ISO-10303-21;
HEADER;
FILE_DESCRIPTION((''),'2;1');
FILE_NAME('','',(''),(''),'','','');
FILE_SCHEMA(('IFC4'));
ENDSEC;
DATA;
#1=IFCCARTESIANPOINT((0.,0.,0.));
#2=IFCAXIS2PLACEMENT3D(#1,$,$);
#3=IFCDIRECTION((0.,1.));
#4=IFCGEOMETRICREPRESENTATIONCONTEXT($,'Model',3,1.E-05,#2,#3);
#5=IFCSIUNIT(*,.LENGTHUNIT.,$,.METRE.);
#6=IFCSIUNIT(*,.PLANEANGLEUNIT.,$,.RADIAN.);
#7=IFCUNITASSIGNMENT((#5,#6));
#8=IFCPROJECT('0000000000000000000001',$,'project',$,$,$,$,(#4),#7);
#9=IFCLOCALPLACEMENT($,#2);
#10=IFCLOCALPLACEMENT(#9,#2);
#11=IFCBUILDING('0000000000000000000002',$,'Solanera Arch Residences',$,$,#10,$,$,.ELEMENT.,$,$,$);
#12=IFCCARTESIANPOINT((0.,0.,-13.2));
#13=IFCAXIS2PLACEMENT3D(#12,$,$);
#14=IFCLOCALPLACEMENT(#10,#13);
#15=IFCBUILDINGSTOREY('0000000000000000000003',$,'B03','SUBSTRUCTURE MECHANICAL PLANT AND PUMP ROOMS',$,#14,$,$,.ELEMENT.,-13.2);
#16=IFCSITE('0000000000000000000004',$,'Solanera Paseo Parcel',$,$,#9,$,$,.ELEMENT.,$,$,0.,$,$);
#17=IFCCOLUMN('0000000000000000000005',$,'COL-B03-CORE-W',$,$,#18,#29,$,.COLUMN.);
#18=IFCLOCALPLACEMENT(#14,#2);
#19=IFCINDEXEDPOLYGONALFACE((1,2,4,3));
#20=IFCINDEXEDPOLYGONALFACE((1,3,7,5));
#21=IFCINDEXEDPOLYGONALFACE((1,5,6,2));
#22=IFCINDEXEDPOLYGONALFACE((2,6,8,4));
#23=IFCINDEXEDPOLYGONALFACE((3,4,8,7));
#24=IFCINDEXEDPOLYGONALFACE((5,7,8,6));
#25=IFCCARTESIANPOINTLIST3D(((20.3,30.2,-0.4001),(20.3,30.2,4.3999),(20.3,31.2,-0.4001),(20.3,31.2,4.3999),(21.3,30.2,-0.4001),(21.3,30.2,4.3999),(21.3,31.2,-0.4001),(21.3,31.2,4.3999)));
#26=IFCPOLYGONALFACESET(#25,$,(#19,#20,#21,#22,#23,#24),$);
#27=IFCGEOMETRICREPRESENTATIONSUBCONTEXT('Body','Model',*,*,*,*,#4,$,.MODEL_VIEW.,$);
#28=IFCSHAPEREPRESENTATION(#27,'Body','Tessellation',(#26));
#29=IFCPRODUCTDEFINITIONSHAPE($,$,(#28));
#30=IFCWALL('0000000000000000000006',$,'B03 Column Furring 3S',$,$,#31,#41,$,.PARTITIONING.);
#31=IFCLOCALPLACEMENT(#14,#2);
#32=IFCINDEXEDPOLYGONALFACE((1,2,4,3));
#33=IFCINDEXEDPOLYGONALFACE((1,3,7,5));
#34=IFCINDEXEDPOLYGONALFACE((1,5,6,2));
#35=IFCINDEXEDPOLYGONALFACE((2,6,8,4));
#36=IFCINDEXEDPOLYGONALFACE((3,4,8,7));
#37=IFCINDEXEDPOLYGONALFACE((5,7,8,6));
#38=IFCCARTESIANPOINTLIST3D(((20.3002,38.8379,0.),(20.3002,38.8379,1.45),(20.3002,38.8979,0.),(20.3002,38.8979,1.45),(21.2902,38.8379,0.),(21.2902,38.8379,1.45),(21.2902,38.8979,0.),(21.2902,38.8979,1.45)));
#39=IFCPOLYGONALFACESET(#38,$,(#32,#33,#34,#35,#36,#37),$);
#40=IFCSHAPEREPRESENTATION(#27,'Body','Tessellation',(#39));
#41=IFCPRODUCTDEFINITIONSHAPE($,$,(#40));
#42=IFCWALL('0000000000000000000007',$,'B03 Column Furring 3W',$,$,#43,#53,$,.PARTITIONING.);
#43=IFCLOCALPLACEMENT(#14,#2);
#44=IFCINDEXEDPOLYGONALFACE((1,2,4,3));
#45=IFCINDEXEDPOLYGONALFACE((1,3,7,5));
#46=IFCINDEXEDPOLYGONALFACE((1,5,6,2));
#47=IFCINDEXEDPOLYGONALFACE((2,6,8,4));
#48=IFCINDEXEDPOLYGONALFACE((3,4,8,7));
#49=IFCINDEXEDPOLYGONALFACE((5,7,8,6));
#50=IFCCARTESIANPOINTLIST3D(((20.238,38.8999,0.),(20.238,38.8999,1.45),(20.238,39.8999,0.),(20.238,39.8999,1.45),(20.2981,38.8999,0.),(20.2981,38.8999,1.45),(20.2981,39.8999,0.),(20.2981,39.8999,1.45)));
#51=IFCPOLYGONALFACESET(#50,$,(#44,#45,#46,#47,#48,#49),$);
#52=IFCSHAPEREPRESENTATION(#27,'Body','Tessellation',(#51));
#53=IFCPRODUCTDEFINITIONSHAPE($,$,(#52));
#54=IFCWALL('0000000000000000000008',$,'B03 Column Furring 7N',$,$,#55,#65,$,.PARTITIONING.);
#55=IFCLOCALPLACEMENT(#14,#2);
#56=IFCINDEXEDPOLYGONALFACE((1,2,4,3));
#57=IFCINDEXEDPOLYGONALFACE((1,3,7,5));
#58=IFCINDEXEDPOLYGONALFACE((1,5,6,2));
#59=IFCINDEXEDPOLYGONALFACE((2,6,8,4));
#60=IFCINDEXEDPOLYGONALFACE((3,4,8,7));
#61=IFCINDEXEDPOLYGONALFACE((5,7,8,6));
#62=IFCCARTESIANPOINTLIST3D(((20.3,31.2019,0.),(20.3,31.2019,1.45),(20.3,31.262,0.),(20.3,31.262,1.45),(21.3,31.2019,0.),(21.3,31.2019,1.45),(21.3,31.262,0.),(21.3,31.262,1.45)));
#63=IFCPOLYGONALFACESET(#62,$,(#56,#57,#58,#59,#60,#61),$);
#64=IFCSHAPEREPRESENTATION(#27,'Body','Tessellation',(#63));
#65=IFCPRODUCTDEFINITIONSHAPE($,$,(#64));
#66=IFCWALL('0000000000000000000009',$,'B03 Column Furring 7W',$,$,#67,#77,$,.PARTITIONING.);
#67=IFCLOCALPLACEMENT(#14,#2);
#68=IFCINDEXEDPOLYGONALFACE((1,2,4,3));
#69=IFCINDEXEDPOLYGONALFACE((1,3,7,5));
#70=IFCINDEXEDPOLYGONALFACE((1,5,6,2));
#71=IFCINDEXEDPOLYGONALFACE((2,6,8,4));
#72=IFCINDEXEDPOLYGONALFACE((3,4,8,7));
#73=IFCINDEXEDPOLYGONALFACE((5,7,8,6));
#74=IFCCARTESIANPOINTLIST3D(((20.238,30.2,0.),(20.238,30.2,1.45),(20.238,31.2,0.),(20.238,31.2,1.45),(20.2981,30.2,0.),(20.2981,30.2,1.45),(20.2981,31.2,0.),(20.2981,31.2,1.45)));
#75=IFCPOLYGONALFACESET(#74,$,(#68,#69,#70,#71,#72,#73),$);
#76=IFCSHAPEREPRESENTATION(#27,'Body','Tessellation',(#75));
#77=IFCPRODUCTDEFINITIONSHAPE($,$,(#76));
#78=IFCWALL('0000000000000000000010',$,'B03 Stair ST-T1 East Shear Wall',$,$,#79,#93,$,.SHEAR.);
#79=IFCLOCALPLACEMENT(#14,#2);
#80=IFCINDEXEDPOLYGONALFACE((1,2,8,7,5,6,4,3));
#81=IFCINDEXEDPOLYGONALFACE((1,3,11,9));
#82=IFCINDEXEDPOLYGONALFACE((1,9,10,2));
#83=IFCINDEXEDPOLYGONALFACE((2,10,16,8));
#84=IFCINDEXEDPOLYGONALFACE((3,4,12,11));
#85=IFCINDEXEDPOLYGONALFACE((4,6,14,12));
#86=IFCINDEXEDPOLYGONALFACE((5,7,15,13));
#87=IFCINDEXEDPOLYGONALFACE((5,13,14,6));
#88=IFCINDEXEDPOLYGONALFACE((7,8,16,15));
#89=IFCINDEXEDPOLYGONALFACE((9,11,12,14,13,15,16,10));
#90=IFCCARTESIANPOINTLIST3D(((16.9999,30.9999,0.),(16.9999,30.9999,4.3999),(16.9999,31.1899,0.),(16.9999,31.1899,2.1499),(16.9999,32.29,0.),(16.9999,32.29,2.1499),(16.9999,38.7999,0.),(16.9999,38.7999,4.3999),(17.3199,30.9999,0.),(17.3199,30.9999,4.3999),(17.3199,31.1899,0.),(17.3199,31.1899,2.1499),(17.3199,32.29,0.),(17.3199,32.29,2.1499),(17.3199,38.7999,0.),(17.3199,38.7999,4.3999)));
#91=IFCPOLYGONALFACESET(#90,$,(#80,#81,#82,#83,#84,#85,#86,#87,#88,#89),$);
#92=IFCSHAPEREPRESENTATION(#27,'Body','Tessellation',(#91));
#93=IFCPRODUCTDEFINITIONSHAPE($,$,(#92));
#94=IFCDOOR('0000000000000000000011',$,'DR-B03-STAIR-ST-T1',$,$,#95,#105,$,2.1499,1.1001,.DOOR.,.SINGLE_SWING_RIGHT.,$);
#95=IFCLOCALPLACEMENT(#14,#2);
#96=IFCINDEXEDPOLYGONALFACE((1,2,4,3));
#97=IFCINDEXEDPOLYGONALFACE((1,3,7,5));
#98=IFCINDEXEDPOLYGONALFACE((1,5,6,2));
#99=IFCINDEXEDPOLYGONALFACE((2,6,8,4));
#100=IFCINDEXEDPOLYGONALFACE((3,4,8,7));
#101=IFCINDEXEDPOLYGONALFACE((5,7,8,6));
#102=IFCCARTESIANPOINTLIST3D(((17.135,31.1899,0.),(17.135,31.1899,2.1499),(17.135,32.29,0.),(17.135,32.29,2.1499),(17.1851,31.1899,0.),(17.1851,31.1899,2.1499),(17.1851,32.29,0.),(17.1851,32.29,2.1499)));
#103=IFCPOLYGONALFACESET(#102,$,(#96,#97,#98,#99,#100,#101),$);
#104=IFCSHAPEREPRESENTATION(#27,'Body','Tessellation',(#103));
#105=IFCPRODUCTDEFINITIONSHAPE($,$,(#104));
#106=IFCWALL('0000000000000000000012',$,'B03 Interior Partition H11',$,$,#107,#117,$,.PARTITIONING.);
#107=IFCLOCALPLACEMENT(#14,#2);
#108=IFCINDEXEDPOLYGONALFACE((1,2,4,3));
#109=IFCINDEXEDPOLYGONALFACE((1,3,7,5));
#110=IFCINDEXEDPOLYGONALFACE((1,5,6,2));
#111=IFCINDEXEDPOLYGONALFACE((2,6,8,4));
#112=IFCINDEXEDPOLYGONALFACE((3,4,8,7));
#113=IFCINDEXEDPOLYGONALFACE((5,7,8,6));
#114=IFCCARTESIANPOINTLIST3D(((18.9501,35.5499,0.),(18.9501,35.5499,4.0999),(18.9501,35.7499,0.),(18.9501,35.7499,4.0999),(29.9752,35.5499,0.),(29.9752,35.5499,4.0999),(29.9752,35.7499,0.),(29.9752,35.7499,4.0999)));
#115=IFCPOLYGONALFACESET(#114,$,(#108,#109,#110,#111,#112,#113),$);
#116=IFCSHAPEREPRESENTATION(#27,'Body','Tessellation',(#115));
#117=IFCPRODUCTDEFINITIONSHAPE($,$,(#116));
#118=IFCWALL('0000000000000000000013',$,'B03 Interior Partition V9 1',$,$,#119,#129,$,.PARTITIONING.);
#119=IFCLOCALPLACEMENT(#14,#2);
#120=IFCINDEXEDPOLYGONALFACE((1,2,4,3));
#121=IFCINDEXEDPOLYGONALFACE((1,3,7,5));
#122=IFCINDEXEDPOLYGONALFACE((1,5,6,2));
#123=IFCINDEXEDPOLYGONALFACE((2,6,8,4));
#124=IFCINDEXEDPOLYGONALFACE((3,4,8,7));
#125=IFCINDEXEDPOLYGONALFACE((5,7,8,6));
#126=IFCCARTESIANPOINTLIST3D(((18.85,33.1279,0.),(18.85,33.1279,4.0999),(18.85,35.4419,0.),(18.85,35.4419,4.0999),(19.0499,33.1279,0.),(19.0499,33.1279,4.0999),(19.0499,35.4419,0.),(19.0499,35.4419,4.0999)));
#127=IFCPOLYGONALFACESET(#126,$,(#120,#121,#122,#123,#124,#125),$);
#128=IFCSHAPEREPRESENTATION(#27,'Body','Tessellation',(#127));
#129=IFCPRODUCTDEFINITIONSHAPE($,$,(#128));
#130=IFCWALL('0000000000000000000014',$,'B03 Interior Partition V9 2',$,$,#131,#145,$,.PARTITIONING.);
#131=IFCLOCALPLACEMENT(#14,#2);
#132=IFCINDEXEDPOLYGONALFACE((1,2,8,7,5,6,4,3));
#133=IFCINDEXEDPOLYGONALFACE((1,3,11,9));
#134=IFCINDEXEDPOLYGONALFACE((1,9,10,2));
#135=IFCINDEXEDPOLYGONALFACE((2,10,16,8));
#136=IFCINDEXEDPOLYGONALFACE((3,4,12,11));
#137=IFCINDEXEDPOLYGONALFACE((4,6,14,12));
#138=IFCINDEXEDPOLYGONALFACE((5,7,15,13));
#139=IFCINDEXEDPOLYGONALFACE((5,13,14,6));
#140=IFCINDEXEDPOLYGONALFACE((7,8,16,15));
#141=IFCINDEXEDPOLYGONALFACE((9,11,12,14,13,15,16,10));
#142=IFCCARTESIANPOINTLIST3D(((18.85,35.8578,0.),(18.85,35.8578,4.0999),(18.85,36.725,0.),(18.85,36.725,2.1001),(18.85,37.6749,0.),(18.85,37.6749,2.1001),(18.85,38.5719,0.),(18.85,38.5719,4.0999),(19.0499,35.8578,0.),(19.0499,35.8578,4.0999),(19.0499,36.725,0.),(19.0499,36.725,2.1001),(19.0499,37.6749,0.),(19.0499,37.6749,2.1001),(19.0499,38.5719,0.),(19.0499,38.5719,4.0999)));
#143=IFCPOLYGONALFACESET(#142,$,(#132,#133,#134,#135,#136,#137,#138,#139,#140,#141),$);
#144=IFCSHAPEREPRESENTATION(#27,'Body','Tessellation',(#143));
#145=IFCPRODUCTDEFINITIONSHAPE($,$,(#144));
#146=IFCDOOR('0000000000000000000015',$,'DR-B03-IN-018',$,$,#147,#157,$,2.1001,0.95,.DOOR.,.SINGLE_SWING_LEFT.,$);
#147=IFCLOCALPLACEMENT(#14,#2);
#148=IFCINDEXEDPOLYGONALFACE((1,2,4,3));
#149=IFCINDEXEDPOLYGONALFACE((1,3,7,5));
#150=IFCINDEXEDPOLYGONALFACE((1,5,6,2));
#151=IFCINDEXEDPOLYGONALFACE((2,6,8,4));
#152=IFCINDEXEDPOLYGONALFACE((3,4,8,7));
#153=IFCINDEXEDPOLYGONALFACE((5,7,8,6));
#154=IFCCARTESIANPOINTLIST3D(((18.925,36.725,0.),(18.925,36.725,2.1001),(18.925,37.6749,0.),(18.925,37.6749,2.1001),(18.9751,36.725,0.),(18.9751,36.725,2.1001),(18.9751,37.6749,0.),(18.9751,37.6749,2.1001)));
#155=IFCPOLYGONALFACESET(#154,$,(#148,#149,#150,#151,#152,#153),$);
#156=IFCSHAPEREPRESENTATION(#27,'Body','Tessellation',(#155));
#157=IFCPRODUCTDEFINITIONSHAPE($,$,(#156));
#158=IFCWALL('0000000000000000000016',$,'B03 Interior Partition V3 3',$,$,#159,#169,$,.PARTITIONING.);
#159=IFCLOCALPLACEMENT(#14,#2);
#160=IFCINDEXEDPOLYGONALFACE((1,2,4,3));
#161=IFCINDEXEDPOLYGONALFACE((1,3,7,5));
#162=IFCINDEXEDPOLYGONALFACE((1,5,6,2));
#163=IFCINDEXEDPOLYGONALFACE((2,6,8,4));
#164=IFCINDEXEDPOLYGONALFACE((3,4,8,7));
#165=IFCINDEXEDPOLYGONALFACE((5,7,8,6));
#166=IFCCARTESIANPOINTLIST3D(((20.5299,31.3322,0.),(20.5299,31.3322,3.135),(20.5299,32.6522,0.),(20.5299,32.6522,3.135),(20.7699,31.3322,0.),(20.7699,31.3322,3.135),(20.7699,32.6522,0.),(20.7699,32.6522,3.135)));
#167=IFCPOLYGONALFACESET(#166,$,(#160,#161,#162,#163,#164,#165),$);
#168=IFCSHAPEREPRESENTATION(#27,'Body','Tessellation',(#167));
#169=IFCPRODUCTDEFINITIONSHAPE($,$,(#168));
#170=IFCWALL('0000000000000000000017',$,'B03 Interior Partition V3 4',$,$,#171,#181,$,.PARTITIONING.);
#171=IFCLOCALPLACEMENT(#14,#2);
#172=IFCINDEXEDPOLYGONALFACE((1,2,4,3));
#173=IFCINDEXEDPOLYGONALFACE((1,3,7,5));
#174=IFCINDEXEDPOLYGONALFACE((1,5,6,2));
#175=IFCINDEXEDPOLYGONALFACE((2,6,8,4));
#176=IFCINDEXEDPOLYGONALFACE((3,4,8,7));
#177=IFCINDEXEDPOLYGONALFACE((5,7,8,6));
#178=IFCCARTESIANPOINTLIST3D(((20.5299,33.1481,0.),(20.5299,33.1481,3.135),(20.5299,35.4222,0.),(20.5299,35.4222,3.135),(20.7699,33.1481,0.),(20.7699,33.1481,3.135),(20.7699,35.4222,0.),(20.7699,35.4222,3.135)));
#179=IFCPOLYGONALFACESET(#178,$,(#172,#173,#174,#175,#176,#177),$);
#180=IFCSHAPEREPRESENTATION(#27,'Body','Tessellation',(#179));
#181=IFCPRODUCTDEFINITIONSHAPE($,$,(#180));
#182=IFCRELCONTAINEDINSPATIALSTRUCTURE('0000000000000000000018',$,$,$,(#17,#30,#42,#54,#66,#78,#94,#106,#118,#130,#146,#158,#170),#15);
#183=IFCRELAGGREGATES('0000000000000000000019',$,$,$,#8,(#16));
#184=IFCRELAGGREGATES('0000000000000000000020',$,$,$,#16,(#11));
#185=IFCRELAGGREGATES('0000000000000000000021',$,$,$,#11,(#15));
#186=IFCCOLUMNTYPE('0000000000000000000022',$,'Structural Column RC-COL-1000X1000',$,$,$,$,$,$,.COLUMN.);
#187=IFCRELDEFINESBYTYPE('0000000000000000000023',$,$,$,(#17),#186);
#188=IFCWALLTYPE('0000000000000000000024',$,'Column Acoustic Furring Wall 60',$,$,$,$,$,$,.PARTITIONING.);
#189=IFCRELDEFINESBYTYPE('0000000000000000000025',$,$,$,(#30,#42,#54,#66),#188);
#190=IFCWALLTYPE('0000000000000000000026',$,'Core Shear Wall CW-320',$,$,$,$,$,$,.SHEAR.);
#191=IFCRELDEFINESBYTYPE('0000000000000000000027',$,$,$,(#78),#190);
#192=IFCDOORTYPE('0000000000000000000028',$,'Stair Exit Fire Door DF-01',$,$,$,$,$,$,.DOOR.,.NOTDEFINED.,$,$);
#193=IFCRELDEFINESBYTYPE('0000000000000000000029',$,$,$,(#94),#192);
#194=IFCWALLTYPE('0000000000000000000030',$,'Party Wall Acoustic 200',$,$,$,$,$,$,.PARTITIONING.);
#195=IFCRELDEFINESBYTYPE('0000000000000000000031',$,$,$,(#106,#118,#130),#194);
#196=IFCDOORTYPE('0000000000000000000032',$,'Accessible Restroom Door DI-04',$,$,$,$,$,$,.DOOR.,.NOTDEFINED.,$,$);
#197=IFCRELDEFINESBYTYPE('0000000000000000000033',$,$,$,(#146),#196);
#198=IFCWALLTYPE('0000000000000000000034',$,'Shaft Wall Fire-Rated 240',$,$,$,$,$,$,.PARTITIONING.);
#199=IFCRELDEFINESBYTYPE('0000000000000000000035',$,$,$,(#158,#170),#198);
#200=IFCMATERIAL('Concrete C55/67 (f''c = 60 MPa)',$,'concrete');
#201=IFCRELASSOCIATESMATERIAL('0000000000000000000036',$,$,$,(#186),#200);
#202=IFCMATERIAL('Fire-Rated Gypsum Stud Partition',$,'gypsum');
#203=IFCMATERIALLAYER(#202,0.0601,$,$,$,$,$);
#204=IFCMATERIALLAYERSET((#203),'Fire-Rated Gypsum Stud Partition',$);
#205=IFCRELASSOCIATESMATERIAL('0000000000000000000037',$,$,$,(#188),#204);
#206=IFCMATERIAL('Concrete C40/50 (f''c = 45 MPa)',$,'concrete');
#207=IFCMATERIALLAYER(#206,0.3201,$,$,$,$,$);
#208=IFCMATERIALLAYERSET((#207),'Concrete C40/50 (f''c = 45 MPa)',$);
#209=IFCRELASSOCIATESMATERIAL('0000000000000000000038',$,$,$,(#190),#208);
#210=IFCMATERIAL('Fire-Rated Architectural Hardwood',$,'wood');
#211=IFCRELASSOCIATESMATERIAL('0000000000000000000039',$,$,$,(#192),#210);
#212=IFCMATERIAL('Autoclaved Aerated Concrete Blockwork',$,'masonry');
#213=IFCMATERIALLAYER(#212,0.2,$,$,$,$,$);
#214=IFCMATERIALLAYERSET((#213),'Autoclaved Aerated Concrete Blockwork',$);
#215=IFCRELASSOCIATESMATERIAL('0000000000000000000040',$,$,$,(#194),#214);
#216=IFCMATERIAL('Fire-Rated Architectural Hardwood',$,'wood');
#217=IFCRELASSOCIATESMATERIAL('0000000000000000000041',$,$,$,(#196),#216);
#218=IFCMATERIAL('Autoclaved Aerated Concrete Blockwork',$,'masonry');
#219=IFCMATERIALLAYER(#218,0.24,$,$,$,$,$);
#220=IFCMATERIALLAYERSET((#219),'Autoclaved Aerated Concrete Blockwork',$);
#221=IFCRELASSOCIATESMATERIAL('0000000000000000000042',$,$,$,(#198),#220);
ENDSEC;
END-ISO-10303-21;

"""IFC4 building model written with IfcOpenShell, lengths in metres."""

from ifc_helpers import new_model, si_unit, direction, frame, frame_2d, origin, origin_2d, place, context, subcontext, project, spatial, rectangle, extrude, material, layer, layer_set, material_profile, profile_set, type_object, element, fill, save


model = new_model("IFC4")

# Units and contexts
model_context = context("Model", 3, precision=1e-05, world=origin(), true_north=direction((0.0, 1.0)))
body_context = subcontext(model_context, "Body", "Model", "MODEL_VIEW")
ifc_project = project(units=[si_unit("LENGTHUNIT", "METRE"), si_unit("PLANEANGLEUNIT", "RADIAN")], contexts=[model_context])

# Site, building, storey
site_placement = place(None, origin())
site = spatial("IfcSite", under=ifc_project, at=site_placement, Name="Solanera Paseo Parcel", CompositionType="ELEMENT", RefElevation=0.0)
building_placement = place(site_placement, origin())
building = spatial("IfcBuilding", under=site, at=building_placement, Name="Solanera Arch Residences", CompositionType="ELEMENT")
storey_placement = place(building_placement, frame((0.0, 0.0, -13.2)))
storey = spatial("IfcBuildingStorey", under=building, at=storey_placement, Name="B03", Description="SUBSTRUCTURE MECHANICAL PLANT AND PUMP ROOMS", CompositionType="ELEMENT", Elevation=-13.2)

# Column
ifc_material_1 = material(Name="Concrete C55/67 (f'c = 60 MPa)", Category="concrete")
ifc_material_profile = material_profile(ifc_material_1, rectangle(XDim=1.0, YDim=1.0, at=origin_2d()))
ifc_profile_set = profile_set([ifc_material_profile], Name="Concrete C55/67 (f'c = 60 MPa)")
column_type = type_object("IfcColumnType", Name="Structural Column RC-COL-1000X1000", PredefinedType="COLUMN", material=ifc_profile_set)
column_placement = place(storey_placement, frame((20.8, 30.7, -0.4001), z_axis=(0.0, 0.0, 1.0), x_axis=(1.0, 0.0, 0.0)))
element("IfcColumn", 1, at=column_placement, inside=storey, type_object=column_type, Name="COL-B03-CORE-W", PredefinedType="COLUMN", context=body_context, shape_type="SweptSolid", body=[
    extrude(rectangle(XDim=1.0, YDim=1.0, at=origin_2d()), origin(), (0.0, 0.0, 1.0), 4.8),
])

# Walls
ifc_material_2 = material(Name="Fire-Rated Gypsum Stud Partition", Category="gypsum")
ifc_layer_1 = layer(ifc_material_2, 0.0601)
ifc_layer_set_1 = layer_set([ifc_layer_1], Name="Fire-Rated Gypsum Stud Partition")
wall_type_1 = type_object("IfcWallType", Name="Column Acoustic Furring Wall 60", PredefinedType="PARTITIONING", material=ifc_layer_set_1)
wall_1_placement = place(storey_placement, frame((20.3, 38.8679, 0.0), z_axis=(0.0, 0.0, 1.0), x_axis=(1.0, 0.0, 0.0)))
element("IfcWall", 2, at=wall_1_placement, inside=storey, type_object=wall_type_1, Name="B03 Column Furring 3S", PredefinedType="PARTITIONING", context=body_context, shape_type="SweptSolid", body=[
    extrude(rectangle(XDim=0.99, YDim=0.0601, at=frame_2d((0.4951, 0.0))), origin(), (0.0, 0.0, 1.0), 1.45),
])
for number, where, z_axis, x_axis, name in (
    (3, (20.2681, 38.8999, 0.0), (0.0, 0.0, 1.0), (0.0, 1.0, 0.0), "B03 Column Furring 3W"),
    (4, (20.3, 31.2319, 0.0), (0.0, 0.0, 1.0), (1.0, 0.0, 0.0), "B03 Column Furring 7N"),
    (5, (20.2681, 30.2, 0.0), (0.0, 0.0, 1.0), (0.0, 1.0, 0.0), "B03 Column Furring 7W"),
):
    element("IfcWall", number, at=place(storey_placement, frame(where, z_axis=z_axis, x_axis=x_axis)), inside=storey, type_object=wall_type_1, Name=name, PredefinedType="PARTITIONING", context=body_context, shape_type="SweptSolid", body=[
        extrude(rectangle(XDim=1.0, YDim=0.0601, at=frame_2d((0.5, 0.0))), origin(), (0.0, 0.0, 1.0), 1.45),
    ])

# Wall, opening, door
ifc_material_3 = material(Name="Concrete C40/50 (f'c = 45 MPa)", Category="concrete")
ifc_layer_2 = layer(ifc_material_3, 0.3201)
ifc_layer_set_2 = layer_set([ifc_layer_2], Name="Concrete C40/50 (f'c = 45 MPa)")
wall_type_2 = type_object("IfcWallType", Name="Core Shear Wall CW-320", PredefinedType="SHEAR", material=ifc_layer_set_2)
wall_2_placement = place(storey_placement, frame((17.1599, 31.0, 0.0), z_axis=(0.0, 0.0, 1.0), x_axis=(0.0, 1.0, 0.0)))
wall_2 = element("IfcWall", 6, at=wall_2_placement, inside=storey, type_object=wall_type_2, Name="B03 Stair ST-T1 East Shear Wall", PredefinedType="SHEAR", context=body_context, shape_type="SweptSolid", body=[
    extrude(rectangle(XDim=7.8, YDim=0.3201, at=frame_2d((3.8999, 0.0))), origin(), (0.0, 0.0, 1.0), 4.3999),
])
opening_1_placement = place(wall_2_placement, frame((0.1899, 0.0, 0.0)))
opening_1 = element("IfcOpeningElement", 7, at=opening_1_placement, cuts=wall_2, PredefinedType="OPENING", context=body_context, shape_type="SweptSolid", body=[
    extrude(rectangle(XDim=1.1001, YDim=2.1499, at=frame_2d((0.55, 1.075))), frame((0.0, 0.1699, 0.0), z_axis=(0.0, -1.0, 0.0), x_axis=(1.0, 0.0, 0.0)), (0.0, 0.0, 1.0), 0.3401),
])
ifc_material_4 = material(Name="Fire-Rated Architectural Hardwood", Category="wood")
door_type_1 = type_object("IfcDoorType", Name="Stair Exit Fire Door DF-01", OperationType="NOTDEFINED", PredefinedType="DOOR", material=ifc_material_4)
door_1_placement = place(opening_1_placement, origin())
door_1 = element("IfcDoor", 8, at=door_1_placement, inside=storey, type_object=door_type_1, Name="DR-B03-STAIR-ST-T1", OperationType="SINGLE_SWING_RIGHT", OverallHeight=2.1499, OverallWidth=1.1001, PredefinedType="DOOR", context=body_context, shape_type="SweptSolid", body=[
    extrude(rectangle(XDim=1.1001, YDim=2.1499, at=frame_2d((0.55, 1.075))), frame((0.0, 0.0249, 0.0), z_axis=(0.0, -1.0, 0.0), x_axis=(1.0, 0.0, 0.0)), (0.0, 0.0, 1.0), 0.05),
])
fill(opening_1, door_1)

# Walls
ifc_material_5 = material(Name="Autoclaved Aerated Concrete Blockwork", Category="masonry")
ifc_layer_3 = layer(ifc_material_5, 0.2)
ifc_layer_set_3 = layer_set([ifc_layer_3], Name="Autoclaved Aerated Concrete Blockwork")
wall_type_3 = type_object("IfcWallType", Name="Party Wall Acoustic 200", PredefinedType="PARTITIONING", material=ifc_layer_set_3)
wall_3_placement = place(storey_placement, frame((18.95, 35.6499, 0.0), z_axis=(0.0, 0.0, 1.0), x_axis=(1.0, 0.0, 0.0)))
element("IfcWall", 9, at=wall_3_placement, inside=storey, type_object=wall_type_3, Name="B03 Interior Partition H11", PredefinedType="PARTITIONING", context=body_context, shape_type="SweptSolid", body=[
    extrude(rectangle(XDim=11.0251, YDim=0.2, at=frame_2d((5.5127, 0.0))), origin(), (0.0, 0.0, 1.0), 4.0999),
])
wall_4_placement = place(storey_placement, frame((18.95, 33.1279, 0.0), z_axis=(0.0, 0.0, 1.0), x_axis=(0.0, 1.0, 0.0)))
element("IfcWall", 10, at=wall_4_placement, inside=storey, type_object=wall_type_3, Name="B03 Interior Partition V9 1", PredefinedType="PARTITIONING", context=body_context, shape_type="SweptSolid", body=[
    extrude(rectangle(XDim=2.314, YDim=0.2, at=frame_2d((1.157, 0.0))), origin(), (0.0, 0.0, 1.0), 4.0999),
])

# Wall, opening, door
wall_5_placement = place(storey_placement, frame((18.95, 35.8579, 0.0), z_axis=(0.0, 0.0, 1.0), x_axis=(0.0, 1.0, 0.0)))
wall_5 = element("IfcWall", 11, at=wall_5_placement, inside=storey, type_object=wall_type_3, Name="B03 Interior Partition V9 2", PredefinedType="PARTITIONING", context=body_context, shape_type="SweptSolid", body=[
    extrude(rectangle(XDim=2.7141, YDim=0.2, at=frame_2d((1.3569, 0.0))), origin(), (0.0, 0.0, 1.0), 4.0999),
])
opening_2_placement = place(wall_5_placement, frame((0.8669, 0.0, 0.0)))
opening_2 = element("IfcOpeningElement", 12, at=opening_2_placement, cuts=wall_5, PredefinedType="OPENING", context=body_context, shape_type="SweptSolid", body=[
    extrude(rectangle(XDim=0.95, YDim=2.1001, at=frame_2d((0.4751, 1.05))), frame((0.0, 0.1101, 0.0), z_axis=(0.0, -1.0, 0.0), x_axis=(1.0, 0.0, 0.0)), (0.0, 0.0, 1.0), 0.22),
])
ifc_material_6 = material(Name="Fire-Rated Architectural Hardwood", Category="wood")
door_type_2 = type_object("IfcDoorType", Name="Accessible Restroom Door DI-04", OperationType="NOTDEFINED", PredefinedType="DOOR", material=ifc_material_6)
door_2_placement = place(opening_2_placement, origin())
door_2 = element("IfcDoor", 13, at=door_2_placement, inside=storey, type_object=door_type_2, Name="DR-B03-IN-018", OperationType="SINGLE_SWING_LEFT", OverallHeight=2.1001, OverallWidth=0.95, PredefinedType="DOOR", context=body_context, shape_type="SweptSolid", body=[
    extrude(rectangle(XDim=0.95, YDim=2.1001, at=frame_2d((0.4751, 1.05))), frame((0.0, 0.0249, 0.0), z_axis=(0.0, -1.0, 0.0), x_axis=(1.0, 0.0, 0.0)), (0.0, 0.0, 1.0), 0.05),
])
fill(opening_2, door_2)

# Shared definitions
ifc_material_7 = material(Name="Autoclaved Aerated Concrete Blockwork", Category="masonry")
ifc_layer_4 = layer(ifc_material_7, 0.24)
ifc_layer_set_4 = layer_set([ifc_layer_4], Name="Autoclaved Aerated Concrete Blockwork")
wall_type_4 = type_object("IfcWallType", Name="Shaft Wall Fire-Rated 240", PredefinedType="PARTITIONING", material=ifc_layer_set_4)

# Walls
wall_6_placement = place(storey_placement, frame((20.6499, 31.332, 0.0), z_axis=(0.0, 0.0, 1.0), x_axis=(0.0, 1.0, 0.0)))
element("IfcWall", 14, at=wall_6_placement, inside=storey, type_object=wall_type_4, Name="B03 Interior Partition V3 3", PredefinedType="PARTITIONING", context=body_context, shape_type="SweptSolid", body=[
    extrude(rectangle(XDim=1.3201, YDim=0.24, at=frame_2d((0.6602, 0.0))), origin(), (0.0, 0.0, 1.0), 3.135),
])
wall_7_placement = place(storey_placement, frame((20.6499, 33.1479, 0.0), z_axis=(0.0, 0.0, 1.0), x_axis=(0.0, 1.0, 0.0)))
element("IfcWall", 15, at=wall_7_placement, inside=storey, type_object=wall_type_4, Name="B03 Interior Partition V3 4", PredefinedType="PARTITIONING", context=body_context, shape_type="SweptSolid", body=[
    extrude(rectangle(XDim=2.2742, YDim=0.24, at=frame_2d((1.1372, 0.0))), origin(), (0.0, 0.0, 1.0), 3.135),
])

save(model, "model.ifc")
